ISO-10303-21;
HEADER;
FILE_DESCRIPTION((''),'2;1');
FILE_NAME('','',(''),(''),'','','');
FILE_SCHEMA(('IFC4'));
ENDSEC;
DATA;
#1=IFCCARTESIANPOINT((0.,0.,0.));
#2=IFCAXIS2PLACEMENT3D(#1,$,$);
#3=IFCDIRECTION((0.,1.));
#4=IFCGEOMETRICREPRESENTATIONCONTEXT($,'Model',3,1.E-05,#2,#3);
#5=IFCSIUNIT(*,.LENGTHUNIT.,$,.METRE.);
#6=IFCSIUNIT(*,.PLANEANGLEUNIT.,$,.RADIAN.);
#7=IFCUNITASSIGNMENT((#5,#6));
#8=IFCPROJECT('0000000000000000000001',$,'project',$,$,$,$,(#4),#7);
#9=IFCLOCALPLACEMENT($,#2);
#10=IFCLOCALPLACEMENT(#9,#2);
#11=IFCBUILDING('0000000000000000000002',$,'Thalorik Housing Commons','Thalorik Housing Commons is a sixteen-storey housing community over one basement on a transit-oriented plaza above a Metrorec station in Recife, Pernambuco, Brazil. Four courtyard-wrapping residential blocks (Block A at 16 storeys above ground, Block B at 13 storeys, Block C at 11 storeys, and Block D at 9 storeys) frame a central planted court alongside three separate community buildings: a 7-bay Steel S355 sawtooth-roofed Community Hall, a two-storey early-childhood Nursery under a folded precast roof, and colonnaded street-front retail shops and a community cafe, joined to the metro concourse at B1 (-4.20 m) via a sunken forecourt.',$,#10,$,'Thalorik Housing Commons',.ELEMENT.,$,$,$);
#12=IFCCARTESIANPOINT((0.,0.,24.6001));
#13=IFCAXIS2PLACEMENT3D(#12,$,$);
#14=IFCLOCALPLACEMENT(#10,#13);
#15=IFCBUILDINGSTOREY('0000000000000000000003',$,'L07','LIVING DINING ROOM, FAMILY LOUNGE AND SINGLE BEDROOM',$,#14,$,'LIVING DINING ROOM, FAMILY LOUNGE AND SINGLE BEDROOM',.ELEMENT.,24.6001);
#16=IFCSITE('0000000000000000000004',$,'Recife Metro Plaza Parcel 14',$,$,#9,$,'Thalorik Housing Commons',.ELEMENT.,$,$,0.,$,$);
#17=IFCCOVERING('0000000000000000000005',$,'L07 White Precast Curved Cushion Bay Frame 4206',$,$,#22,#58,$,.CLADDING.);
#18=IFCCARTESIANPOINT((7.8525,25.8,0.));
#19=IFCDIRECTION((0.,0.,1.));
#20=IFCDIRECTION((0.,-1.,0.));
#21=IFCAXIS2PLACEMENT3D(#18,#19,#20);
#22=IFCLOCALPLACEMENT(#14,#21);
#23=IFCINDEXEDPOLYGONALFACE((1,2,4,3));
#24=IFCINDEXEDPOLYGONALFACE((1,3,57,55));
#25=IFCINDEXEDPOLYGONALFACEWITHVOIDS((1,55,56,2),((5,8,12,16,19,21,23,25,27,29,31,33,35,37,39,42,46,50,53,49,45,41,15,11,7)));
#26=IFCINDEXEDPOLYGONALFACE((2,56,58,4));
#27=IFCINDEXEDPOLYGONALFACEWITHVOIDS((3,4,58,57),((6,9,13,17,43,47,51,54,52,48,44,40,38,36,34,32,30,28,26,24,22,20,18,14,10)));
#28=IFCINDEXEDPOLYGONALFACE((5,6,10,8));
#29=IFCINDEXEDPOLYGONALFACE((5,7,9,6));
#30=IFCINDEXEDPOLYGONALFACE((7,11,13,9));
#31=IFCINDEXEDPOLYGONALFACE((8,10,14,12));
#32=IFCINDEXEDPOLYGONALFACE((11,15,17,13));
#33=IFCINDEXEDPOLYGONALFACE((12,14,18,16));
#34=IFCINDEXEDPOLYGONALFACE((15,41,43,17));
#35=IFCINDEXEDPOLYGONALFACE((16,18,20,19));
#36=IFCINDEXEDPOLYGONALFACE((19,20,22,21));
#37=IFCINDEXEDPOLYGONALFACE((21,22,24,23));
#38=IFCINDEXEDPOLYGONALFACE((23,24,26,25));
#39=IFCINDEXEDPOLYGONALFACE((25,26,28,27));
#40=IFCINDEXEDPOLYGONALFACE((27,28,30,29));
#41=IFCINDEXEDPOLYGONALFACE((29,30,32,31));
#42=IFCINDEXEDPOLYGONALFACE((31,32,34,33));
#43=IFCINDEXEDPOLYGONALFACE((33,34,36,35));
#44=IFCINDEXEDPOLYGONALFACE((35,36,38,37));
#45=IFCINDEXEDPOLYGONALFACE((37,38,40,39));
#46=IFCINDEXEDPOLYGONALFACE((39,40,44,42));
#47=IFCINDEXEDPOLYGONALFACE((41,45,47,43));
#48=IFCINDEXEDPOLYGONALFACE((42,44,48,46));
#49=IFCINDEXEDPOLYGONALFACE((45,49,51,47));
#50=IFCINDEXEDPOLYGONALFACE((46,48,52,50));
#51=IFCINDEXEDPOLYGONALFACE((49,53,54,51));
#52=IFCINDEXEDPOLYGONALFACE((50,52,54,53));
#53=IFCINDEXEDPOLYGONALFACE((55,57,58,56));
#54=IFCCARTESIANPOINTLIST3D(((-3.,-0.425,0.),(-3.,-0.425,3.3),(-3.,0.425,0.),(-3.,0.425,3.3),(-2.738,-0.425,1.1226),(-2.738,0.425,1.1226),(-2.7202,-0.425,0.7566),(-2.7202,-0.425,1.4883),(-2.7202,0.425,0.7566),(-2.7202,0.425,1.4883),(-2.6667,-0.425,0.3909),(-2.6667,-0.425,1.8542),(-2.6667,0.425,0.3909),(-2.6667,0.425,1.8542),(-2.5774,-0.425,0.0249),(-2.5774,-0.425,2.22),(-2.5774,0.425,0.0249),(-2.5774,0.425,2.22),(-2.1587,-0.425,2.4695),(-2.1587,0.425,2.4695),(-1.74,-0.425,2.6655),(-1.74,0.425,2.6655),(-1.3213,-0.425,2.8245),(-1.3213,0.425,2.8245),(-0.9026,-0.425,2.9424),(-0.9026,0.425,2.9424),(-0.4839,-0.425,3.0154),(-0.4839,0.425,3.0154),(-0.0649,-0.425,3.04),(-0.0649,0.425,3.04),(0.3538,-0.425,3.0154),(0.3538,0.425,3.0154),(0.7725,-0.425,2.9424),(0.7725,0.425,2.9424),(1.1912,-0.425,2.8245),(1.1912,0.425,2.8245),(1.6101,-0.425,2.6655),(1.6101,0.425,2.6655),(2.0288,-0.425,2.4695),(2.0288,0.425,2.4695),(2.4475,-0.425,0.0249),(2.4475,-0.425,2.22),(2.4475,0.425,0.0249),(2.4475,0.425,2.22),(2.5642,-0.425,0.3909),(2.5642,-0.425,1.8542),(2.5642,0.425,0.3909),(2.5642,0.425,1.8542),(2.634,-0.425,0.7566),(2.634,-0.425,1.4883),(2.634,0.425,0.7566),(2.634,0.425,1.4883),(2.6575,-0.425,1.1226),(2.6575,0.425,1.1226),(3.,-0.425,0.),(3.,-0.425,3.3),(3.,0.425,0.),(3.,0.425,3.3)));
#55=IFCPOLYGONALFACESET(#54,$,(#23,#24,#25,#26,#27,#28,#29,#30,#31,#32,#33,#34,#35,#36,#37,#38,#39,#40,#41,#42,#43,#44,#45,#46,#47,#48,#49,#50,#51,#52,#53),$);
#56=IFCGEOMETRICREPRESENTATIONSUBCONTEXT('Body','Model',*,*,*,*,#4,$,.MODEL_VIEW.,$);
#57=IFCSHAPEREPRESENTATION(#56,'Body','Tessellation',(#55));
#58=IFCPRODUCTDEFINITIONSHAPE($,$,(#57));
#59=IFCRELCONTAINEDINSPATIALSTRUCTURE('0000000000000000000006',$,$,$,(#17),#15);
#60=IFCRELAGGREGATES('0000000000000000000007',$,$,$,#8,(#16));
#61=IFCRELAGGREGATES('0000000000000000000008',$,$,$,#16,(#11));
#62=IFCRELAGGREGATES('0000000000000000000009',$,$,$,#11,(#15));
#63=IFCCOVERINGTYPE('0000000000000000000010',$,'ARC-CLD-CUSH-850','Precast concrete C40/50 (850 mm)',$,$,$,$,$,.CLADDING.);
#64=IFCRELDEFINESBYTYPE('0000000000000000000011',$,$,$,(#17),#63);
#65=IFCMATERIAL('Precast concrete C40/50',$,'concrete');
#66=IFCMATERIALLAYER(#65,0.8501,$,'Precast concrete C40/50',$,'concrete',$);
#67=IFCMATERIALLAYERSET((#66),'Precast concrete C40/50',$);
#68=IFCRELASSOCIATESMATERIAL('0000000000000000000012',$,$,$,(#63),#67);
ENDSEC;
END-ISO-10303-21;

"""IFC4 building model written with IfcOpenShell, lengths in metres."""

from ifc_helpers import new_model, si_unit, direction, frame, origin, place, context, subcontext, project, spatial, polyline, outline, extrude, material, layer, layer_set, type_object, element, save


model = new_model("IFC4")

# Units and contexts
model_context = context("Model", 3, precision=1e-05, world=origin(), true_north=direction((0.0, 1.0)))
body_context = subcontext(model_context, "Body", "Model", "MODEL_VIEW")
ifc_project = project(units=[si_unit("LENGTHUNIT", "METRE"), si_unit("PLANEANGLEUNIT", "RADIAN")], contexts=[model_context])

# Site, building, storey
site_placement = place(None, origin())
site = spatial("IfcSite", under=ifc_project, at=site_placement, Name="Recife Metro Plaza Parcel 14", LongName="Thalorik Housing Commons", CompositionType="ELEMENT", RefElevation=0.0)
building_placement = place(site_placement, origin())
building = spatial("IfcBuilding", under=site, at=building_placement, Name="Thalorik Housing Commons", Description="Thalorik Housing Commons is a sixteen-storey housing community over one basement on a transit-oriented plaza above a Metrorec station in Recife, Pernambuco, Brazil. Four courtyard-wrapping residential blocks (Block A at 16 storeys above ground, Block B at 13 storeys, Block C at 11 storeys, and Block D at 9 storeys) frame a central planted court alongside three separate community buildings: a 7-bay Steel S355 sawtooth-roofed Community Hall, a two-storey early-childhood Nursery under a folded precast roof, and colonnaded street-front retail shops and a community cafe, joined to the metro concourse at B1 (-4.20 m) via a sunken forecourt.", LongName="Thalorik Housing Commons", CompositionType="ELEMENT")
storey_placement = place(building_placement, frame((0.0, 0.0, 24.6001)))
storey = spatial("IfcBuildingStorey", under=building, at=storey_placement, Name="L07", Description="LIVING DINING ROOM, FAMILY LOUNGE AND SINGLE BEDROOM", LongName="LIVING DINING ROOM, FAMILY LOUNGE AND SINGLE BEDROOM", CompositionType="ELEMENT", Elevation=24.6001)

# Shared definitions
ifc_material_1 = material(Name="Precast concrete C40/50", Category="concrete")

# Covering
ifc_layer_1 = layer(ifc_material_1, 0.8501, Name="Precast concrete C40/50", Category="concrete")
ifc_layer_set_1 = layer_set([ifc_layer_1], Name="Precast concrete C40/50")
covering_type_1 = type_object("IfcCoveringType", Name="ARC-CLD-CUSH-850", Description="Precast concrete C40/50 (850 mm)", PredefinedType="CLADDING", material=ifc_layer_set_1)
covering_1_placement = place(storey_placement, frame((7.8525, 25.8, 0.0), z_axis=(0.0, 0.0, 1.0), x_axis=(0.0, -1.0, 0.0)))
element("IfcCovering", 1, at=covering_1_placement, inside=storey, type_object=covering_type_1, Name="L07 White Precast Curved Cushion Bay Frame 4206", PredefinedType="CLADDING", context=body_context, shape_type="SweptSolid", body=[
    extrude(outline(polyline([(-3.0, 0.0), (3.0, 0.0), (3.0, 3.3), (-3.0, 3.3), (-3.0, 0.0)]), holes=[polyline([(2.4475, 0.0249), (2.5642, 0.3909), (2.634, 0.7566), (2.6575, 1.1226), (2.634, 1.4883), (2.5642, 1.8542), (2.4475, 2.22), (2.0288, 2.4695), (1.6101, 2.6655), (1.1912, 2.8245), (0.7725, 2.9424), (0.3538, 3.0154), (-0.0649, 3.04), (-0.4839, 3.0154), (-0.9026, 2.9424), (-1.3213, 2.8245), (-1.74, 2.6655), (-2.1587, 2.4695), (-2.5774, 2.22), (-2.6667, 1.8542), (-2.7202, 1.4883), (-2.738, 1.1226), (-2.7202, 0.7566), (-2.6667, 0.3909), (-2.5774, 0.0249), (2.4475, 0.0249)])]), frame((0.0, 0.425, 0.0), z_axis=(0.0, -1.0, 0.0), x_axis=(1.0, 0.0, 0.0)), (0.0, 0.0, 1.0), 0.8501),
])

save(model, "model.ifc")
